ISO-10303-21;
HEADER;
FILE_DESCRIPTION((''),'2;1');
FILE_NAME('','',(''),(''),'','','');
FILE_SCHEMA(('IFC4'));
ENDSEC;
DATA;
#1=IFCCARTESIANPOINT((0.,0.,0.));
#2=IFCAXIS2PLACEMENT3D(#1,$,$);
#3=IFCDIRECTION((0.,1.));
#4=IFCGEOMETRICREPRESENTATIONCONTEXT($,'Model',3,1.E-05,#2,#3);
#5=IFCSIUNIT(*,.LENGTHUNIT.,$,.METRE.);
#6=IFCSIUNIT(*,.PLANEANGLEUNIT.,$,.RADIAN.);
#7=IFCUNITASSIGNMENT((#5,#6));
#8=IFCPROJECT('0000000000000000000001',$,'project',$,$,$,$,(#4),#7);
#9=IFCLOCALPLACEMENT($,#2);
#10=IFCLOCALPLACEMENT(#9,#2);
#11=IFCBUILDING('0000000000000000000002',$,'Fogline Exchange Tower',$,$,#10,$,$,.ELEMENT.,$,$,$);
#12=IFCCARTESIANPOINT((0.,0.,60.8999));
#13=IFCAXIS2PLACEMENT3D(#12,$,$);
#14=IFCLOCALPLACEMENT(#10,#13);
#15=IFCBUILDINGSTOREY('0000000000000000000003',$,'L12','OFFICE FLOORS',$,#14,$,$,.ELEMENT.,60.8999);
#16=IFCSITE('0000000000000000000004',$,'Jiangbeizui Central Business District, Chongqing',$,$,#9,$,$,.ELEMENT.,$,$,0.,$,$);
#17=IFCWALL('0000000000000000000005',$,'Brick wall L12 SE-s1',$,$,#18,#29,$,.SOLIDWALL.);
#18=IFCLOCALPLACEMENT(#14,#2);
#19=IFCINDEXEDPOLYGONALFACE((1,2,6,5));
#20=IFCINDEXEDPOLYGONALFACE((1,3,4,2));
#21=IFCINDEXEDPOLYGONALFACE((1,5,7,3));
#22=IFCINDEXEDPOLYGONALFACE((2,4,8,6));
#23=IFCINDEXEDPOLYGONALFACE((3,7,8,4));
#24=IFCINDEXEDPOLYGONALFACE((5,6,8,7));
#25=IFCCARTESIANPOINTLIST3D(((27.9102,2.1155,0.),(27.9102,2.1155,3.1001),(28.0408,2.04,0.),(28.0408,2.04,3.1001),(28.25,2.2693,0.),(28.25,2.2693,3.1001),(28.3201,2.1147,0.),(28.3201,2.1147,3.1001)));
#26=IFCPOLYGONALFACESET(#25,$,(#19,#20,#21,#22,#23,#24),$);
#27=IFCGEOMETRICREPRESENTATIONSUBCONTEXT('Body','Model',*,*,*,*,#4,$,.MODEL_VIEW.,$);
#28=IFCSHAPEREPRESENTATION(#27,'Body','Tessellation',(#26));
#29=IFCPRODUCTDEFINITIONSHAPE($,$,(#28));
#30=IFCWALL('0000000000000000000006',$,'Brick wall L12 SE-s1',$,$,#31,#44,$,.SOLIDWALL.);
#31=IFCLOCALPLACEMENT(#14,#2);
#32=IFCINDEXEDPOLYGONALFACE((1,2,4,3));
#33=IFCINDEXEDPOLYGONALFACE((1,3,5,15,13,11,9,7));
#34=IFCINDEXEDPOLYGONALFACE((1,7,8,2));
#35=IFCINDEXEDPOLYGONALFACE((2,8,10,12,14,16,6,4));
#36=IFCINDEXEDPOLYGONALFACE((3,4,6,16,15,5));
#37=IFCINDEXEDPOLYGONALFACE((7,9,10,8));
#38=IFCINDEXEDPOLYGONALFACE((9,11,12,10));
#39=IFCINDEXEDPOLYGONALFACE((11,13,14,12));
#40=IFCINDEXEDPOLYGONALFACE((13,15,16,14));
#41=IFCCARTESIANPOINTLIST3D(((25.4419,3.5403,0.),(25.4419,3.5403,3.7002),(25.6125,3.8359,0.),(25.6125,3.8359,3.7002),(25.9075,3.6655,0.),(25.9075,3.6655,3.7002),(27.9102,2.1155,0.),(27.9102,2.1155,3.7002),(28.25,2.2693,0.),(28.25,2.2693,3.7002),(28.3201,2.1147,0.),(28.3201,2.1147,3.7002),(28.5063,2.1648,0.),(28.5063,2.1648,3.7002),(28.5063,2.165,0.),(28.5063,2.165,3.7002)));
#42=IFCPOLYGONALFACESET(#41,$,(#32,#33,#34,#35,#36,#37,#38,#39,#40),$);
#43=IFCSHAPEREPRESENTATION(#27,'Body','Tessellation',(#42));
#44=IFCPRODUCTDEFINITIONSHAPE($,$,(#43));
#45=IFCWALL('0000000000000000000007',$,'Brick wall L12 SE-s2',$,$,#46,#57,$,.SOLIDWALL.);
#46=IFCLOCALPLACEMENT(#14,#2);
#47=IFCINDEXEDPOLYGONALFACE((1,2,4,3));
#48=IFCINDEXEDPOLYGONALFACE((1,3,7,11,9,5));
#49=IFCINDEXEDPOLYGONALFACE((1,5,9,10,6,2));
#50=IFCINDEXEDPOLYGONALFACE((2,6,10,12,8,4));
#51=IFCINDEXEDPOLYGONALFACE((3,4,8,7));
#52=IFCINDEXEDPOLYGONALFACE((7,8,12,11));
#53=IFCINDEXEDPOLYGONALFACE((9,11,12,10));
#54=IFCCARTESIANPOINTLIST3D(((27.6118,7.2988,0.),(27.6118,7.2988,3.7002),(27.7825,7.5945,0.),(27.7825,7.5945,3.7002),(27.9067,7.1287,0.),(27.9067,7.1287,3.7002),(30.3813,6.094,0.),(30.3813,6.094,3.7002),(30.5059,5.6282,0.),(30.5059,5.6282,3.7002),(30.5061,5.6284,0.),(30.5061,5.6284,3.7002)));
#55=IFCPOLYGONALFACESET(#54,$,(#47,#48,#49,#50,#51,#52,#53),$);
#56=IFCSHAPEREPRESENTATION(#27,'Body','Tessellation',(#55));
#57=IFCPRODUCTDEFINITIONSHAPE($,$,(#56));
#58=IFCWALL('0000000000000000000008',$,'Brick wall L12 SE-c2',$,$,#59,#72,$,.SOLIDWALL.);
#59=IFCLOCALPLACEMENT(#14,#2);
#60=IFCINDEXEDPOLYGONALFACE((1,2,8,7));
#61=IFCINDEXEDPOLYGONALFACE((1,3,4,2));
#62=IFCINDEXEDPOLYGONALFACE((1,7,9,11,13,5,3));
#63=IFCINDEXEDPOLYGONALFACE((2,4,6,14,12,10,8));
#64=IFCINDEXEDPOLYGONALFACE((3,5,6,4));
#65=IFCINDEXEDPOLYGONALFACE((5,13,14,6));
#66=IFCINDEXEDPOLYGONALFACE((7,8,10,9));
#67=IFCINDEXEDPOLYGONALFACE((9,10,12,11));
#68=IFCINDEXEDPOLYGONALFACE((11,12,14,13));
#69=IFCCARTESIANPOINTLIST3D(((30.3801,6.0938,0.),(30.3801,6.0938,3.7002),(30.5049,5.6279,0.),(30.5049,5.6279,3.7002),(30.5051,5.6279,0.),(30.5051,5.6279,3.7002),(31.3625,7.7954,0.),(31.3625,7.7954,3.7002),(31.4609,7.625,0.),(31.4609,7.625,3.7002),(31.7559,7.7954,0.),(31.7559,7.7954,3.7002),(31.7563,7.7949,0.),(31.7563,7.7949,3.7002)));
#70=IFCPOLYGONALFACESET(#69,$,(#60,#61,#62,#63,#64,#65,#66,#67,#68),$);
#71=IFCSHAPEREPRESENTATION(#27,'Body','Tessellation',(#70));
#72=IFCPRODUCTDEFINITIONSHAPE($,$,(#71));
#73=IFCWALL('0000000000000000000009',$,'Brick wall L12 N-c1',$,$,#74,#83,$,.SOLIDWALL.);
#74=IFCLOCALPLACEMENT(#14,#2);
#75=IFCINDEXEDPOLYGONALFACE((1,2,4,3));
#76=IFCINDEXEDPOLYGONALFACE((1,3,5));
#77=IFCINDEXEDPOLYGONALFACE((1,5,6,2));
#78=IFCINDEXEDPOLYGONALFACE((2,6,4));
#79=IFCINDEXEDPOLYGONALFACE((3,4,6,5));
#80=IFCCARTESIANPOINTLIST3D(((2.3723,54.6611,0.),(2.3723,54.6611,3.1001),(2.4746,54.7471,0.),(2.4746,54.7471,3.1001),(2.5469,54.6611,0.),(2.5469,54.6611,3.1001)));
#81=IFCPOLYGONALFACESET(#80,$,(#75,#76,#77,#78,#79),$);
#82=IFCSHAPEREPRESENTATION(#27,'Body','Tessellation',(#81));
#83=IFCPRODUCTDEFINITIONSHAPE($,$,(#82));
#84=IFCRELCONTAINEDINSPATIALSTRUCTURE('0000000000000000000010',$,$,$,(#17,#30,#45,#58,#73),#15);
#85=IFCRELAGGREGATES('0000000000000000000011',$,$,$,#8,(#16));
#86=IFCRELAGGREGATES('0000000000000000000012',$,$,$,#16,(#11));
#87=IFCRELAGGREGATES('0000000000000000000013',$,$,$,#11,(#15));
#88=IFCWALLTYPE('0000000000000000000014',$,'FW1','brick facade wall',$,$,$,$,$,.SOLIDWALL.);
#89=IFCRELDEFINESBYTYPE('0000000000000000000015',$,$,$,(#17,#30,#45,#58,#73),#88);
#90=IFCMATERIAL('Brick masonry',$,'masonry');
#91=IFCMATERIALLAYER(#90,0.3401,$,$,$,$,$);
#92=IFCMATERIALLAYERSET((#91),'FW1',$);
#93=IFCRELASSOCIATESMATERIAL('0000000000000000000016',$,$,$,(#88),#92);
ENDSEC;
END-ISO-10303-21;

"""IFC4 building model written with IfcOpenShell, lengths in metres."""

from ifc_helpers import new_model, si_unit, direction, frame, origin, place, context, subcontext, project, spatial, polyline, outline, extrude, material, layer, layer_set, type_object, element, save


model = new_model("IFC4")

# Units and contexts
model_context = context("Model", 3, precision=1e-05, world=origin(), true_north=direction((0.0, 1.0)))
body_context = subcontext(model_context, "Body", "Model", "MODEL_VIEW")
ifc_project = project(units=[si_unit("LENGTHUNIT", "METRE"), si_unit("PLANEANGLEUNIT", "RADIAN")], contexts=[model_context])

# Site, building, storey
site_placement = place(None, origin())
site = spatial("IfcSite", under=ifc_project, at=site_placement, Name="Jiangbeizui Central Business District, Chongqing", CompositionType="ELEMENT", RefElevation=0.0)
building_placement = place(site_placement, origin())
building = spatial("IfcBuilding", under=site, at=building_placement, Name="Fogline Exchange Tower", CompositionType="ELEMENT")
storey_placement = place(building_placement, frame((0.0, 0.0, 60.8999)))
storey = spatial("IfcBuildingStorey", under=building, at=storey_placement, Name="L12", Description="OFFICE FLOORS", CompositionType="ELEMENT", Elevation=60.8999)

# Walls
ifc_material_1 = material(Name="Brick masonry", Category="masonry")
ifc_layer_1 = layer(ifc_material_1, 0.3401)
ifc_layer_set_1 = layer_set([ifc_layer_1], Name="FW1")
wall_type = type_object("IfcWallType", Name="FW1", Description="brick facade wall", PredefinedType="SOLIDWALL", material=ifc_layer_set_1)
wall_1_placement = place(storey_placement, origin())
element("IfcWall", 1, at=wall_1_placement, inside=storey, type_object=wall_type, Name="Brick wall L12 SE-s1", PredefinedType="SOLIDWALL", context=body_context, shape_type="SweptSolid", body=[
    extrude(outline(polyline([(28.0408, 2.04), (27.9102, 2.1155), (28.25, 2.2693), (28.3201, 2.1147), (28.0408, 2.04)])), origin(), (0.0, 0.0, 1.0), 3.1001),
])
wall_2_placement = place(storey_placement, origin())
element("IfcWall", 2, at=wall_2_placement, inside=storey, type_object=wall_type, Name="Brick wall L12 SE-s1", PredefinedType="SOLIDWALL", context=body_context, shape_type="SweptSolid", body=[
    extrude(outline(polyline([(25.6125, 3.8359), (25.9075, 3.6655), (28.5063, 2.165), (28.5063, 2.1648), (28.3201, 2.1147), (28.25, 2.2693), (27.9102, 2.1155), (25.4419, 3.5403), (25.6125, 3.8359)])), origin(), (0.0, 0.0, 1.0), 3.7002),
])
wall_3_placement = place(storey_placement, origin())
element("IfcWall", 3, at=wall_3_placement, inside=storey, type_object=wall_type, Name="Brick wall L12 SE-s2", PredefinedType="SOLIDWALL", context=body_context, shape_type="SweptSolid", body=[
    extrude(outline(polyline([(30.5059, 5.6282), (27.9067, 7.1287), (27.6118, 7.2988), (27.7825, 7.5945), (30.3813, 6.094), (30.5061, 5.6284), (30.5059, 5.6282)])), origin(), (0.0, 0.0, 1.0), 3.7002),
])
wall_4_placement = place(storey_placement, origin())
element("IfcWall", 4, at=wall_4_placement, inside=storey, type_object=wall_type, Name="Brick wall L12 SE-c2", PredefinedType="SOLIDWALL", context=body_context, shape_type="SweptSolid", body=[
    extrude(outline(polyline([(31.3625, 7.7954), (31.4609, 7.625), (31.7559, 7.7954), (31.7563, 7.7949), (30.5051, 5.6279), (30.5049, 5.6279), (30.3801, 6.0938), (31.3625, 7.7954)])), origin(), (0.0, 0.0, 1.0), 3.7002),
])
wall_5_placement = place(storey_placement, origin())
element("IfcWall", 5, at=wall_5_placement, inside=storey, type_object=wall_type, Name="Brick wall L12 N-c1", PredefinedType="SOLIDWALL", context=body_context, shape_type="SweptSolid", body=[
    extrude(outline(polyline([(2.3723, 54.6611), (2.4746, 54.7471), (2.5469, 54.6611), (2.3723, 54.6611)])), origin(), (0.0, 0.0, 1.0), 3.1001),
])

save(model, "model.ifc")
